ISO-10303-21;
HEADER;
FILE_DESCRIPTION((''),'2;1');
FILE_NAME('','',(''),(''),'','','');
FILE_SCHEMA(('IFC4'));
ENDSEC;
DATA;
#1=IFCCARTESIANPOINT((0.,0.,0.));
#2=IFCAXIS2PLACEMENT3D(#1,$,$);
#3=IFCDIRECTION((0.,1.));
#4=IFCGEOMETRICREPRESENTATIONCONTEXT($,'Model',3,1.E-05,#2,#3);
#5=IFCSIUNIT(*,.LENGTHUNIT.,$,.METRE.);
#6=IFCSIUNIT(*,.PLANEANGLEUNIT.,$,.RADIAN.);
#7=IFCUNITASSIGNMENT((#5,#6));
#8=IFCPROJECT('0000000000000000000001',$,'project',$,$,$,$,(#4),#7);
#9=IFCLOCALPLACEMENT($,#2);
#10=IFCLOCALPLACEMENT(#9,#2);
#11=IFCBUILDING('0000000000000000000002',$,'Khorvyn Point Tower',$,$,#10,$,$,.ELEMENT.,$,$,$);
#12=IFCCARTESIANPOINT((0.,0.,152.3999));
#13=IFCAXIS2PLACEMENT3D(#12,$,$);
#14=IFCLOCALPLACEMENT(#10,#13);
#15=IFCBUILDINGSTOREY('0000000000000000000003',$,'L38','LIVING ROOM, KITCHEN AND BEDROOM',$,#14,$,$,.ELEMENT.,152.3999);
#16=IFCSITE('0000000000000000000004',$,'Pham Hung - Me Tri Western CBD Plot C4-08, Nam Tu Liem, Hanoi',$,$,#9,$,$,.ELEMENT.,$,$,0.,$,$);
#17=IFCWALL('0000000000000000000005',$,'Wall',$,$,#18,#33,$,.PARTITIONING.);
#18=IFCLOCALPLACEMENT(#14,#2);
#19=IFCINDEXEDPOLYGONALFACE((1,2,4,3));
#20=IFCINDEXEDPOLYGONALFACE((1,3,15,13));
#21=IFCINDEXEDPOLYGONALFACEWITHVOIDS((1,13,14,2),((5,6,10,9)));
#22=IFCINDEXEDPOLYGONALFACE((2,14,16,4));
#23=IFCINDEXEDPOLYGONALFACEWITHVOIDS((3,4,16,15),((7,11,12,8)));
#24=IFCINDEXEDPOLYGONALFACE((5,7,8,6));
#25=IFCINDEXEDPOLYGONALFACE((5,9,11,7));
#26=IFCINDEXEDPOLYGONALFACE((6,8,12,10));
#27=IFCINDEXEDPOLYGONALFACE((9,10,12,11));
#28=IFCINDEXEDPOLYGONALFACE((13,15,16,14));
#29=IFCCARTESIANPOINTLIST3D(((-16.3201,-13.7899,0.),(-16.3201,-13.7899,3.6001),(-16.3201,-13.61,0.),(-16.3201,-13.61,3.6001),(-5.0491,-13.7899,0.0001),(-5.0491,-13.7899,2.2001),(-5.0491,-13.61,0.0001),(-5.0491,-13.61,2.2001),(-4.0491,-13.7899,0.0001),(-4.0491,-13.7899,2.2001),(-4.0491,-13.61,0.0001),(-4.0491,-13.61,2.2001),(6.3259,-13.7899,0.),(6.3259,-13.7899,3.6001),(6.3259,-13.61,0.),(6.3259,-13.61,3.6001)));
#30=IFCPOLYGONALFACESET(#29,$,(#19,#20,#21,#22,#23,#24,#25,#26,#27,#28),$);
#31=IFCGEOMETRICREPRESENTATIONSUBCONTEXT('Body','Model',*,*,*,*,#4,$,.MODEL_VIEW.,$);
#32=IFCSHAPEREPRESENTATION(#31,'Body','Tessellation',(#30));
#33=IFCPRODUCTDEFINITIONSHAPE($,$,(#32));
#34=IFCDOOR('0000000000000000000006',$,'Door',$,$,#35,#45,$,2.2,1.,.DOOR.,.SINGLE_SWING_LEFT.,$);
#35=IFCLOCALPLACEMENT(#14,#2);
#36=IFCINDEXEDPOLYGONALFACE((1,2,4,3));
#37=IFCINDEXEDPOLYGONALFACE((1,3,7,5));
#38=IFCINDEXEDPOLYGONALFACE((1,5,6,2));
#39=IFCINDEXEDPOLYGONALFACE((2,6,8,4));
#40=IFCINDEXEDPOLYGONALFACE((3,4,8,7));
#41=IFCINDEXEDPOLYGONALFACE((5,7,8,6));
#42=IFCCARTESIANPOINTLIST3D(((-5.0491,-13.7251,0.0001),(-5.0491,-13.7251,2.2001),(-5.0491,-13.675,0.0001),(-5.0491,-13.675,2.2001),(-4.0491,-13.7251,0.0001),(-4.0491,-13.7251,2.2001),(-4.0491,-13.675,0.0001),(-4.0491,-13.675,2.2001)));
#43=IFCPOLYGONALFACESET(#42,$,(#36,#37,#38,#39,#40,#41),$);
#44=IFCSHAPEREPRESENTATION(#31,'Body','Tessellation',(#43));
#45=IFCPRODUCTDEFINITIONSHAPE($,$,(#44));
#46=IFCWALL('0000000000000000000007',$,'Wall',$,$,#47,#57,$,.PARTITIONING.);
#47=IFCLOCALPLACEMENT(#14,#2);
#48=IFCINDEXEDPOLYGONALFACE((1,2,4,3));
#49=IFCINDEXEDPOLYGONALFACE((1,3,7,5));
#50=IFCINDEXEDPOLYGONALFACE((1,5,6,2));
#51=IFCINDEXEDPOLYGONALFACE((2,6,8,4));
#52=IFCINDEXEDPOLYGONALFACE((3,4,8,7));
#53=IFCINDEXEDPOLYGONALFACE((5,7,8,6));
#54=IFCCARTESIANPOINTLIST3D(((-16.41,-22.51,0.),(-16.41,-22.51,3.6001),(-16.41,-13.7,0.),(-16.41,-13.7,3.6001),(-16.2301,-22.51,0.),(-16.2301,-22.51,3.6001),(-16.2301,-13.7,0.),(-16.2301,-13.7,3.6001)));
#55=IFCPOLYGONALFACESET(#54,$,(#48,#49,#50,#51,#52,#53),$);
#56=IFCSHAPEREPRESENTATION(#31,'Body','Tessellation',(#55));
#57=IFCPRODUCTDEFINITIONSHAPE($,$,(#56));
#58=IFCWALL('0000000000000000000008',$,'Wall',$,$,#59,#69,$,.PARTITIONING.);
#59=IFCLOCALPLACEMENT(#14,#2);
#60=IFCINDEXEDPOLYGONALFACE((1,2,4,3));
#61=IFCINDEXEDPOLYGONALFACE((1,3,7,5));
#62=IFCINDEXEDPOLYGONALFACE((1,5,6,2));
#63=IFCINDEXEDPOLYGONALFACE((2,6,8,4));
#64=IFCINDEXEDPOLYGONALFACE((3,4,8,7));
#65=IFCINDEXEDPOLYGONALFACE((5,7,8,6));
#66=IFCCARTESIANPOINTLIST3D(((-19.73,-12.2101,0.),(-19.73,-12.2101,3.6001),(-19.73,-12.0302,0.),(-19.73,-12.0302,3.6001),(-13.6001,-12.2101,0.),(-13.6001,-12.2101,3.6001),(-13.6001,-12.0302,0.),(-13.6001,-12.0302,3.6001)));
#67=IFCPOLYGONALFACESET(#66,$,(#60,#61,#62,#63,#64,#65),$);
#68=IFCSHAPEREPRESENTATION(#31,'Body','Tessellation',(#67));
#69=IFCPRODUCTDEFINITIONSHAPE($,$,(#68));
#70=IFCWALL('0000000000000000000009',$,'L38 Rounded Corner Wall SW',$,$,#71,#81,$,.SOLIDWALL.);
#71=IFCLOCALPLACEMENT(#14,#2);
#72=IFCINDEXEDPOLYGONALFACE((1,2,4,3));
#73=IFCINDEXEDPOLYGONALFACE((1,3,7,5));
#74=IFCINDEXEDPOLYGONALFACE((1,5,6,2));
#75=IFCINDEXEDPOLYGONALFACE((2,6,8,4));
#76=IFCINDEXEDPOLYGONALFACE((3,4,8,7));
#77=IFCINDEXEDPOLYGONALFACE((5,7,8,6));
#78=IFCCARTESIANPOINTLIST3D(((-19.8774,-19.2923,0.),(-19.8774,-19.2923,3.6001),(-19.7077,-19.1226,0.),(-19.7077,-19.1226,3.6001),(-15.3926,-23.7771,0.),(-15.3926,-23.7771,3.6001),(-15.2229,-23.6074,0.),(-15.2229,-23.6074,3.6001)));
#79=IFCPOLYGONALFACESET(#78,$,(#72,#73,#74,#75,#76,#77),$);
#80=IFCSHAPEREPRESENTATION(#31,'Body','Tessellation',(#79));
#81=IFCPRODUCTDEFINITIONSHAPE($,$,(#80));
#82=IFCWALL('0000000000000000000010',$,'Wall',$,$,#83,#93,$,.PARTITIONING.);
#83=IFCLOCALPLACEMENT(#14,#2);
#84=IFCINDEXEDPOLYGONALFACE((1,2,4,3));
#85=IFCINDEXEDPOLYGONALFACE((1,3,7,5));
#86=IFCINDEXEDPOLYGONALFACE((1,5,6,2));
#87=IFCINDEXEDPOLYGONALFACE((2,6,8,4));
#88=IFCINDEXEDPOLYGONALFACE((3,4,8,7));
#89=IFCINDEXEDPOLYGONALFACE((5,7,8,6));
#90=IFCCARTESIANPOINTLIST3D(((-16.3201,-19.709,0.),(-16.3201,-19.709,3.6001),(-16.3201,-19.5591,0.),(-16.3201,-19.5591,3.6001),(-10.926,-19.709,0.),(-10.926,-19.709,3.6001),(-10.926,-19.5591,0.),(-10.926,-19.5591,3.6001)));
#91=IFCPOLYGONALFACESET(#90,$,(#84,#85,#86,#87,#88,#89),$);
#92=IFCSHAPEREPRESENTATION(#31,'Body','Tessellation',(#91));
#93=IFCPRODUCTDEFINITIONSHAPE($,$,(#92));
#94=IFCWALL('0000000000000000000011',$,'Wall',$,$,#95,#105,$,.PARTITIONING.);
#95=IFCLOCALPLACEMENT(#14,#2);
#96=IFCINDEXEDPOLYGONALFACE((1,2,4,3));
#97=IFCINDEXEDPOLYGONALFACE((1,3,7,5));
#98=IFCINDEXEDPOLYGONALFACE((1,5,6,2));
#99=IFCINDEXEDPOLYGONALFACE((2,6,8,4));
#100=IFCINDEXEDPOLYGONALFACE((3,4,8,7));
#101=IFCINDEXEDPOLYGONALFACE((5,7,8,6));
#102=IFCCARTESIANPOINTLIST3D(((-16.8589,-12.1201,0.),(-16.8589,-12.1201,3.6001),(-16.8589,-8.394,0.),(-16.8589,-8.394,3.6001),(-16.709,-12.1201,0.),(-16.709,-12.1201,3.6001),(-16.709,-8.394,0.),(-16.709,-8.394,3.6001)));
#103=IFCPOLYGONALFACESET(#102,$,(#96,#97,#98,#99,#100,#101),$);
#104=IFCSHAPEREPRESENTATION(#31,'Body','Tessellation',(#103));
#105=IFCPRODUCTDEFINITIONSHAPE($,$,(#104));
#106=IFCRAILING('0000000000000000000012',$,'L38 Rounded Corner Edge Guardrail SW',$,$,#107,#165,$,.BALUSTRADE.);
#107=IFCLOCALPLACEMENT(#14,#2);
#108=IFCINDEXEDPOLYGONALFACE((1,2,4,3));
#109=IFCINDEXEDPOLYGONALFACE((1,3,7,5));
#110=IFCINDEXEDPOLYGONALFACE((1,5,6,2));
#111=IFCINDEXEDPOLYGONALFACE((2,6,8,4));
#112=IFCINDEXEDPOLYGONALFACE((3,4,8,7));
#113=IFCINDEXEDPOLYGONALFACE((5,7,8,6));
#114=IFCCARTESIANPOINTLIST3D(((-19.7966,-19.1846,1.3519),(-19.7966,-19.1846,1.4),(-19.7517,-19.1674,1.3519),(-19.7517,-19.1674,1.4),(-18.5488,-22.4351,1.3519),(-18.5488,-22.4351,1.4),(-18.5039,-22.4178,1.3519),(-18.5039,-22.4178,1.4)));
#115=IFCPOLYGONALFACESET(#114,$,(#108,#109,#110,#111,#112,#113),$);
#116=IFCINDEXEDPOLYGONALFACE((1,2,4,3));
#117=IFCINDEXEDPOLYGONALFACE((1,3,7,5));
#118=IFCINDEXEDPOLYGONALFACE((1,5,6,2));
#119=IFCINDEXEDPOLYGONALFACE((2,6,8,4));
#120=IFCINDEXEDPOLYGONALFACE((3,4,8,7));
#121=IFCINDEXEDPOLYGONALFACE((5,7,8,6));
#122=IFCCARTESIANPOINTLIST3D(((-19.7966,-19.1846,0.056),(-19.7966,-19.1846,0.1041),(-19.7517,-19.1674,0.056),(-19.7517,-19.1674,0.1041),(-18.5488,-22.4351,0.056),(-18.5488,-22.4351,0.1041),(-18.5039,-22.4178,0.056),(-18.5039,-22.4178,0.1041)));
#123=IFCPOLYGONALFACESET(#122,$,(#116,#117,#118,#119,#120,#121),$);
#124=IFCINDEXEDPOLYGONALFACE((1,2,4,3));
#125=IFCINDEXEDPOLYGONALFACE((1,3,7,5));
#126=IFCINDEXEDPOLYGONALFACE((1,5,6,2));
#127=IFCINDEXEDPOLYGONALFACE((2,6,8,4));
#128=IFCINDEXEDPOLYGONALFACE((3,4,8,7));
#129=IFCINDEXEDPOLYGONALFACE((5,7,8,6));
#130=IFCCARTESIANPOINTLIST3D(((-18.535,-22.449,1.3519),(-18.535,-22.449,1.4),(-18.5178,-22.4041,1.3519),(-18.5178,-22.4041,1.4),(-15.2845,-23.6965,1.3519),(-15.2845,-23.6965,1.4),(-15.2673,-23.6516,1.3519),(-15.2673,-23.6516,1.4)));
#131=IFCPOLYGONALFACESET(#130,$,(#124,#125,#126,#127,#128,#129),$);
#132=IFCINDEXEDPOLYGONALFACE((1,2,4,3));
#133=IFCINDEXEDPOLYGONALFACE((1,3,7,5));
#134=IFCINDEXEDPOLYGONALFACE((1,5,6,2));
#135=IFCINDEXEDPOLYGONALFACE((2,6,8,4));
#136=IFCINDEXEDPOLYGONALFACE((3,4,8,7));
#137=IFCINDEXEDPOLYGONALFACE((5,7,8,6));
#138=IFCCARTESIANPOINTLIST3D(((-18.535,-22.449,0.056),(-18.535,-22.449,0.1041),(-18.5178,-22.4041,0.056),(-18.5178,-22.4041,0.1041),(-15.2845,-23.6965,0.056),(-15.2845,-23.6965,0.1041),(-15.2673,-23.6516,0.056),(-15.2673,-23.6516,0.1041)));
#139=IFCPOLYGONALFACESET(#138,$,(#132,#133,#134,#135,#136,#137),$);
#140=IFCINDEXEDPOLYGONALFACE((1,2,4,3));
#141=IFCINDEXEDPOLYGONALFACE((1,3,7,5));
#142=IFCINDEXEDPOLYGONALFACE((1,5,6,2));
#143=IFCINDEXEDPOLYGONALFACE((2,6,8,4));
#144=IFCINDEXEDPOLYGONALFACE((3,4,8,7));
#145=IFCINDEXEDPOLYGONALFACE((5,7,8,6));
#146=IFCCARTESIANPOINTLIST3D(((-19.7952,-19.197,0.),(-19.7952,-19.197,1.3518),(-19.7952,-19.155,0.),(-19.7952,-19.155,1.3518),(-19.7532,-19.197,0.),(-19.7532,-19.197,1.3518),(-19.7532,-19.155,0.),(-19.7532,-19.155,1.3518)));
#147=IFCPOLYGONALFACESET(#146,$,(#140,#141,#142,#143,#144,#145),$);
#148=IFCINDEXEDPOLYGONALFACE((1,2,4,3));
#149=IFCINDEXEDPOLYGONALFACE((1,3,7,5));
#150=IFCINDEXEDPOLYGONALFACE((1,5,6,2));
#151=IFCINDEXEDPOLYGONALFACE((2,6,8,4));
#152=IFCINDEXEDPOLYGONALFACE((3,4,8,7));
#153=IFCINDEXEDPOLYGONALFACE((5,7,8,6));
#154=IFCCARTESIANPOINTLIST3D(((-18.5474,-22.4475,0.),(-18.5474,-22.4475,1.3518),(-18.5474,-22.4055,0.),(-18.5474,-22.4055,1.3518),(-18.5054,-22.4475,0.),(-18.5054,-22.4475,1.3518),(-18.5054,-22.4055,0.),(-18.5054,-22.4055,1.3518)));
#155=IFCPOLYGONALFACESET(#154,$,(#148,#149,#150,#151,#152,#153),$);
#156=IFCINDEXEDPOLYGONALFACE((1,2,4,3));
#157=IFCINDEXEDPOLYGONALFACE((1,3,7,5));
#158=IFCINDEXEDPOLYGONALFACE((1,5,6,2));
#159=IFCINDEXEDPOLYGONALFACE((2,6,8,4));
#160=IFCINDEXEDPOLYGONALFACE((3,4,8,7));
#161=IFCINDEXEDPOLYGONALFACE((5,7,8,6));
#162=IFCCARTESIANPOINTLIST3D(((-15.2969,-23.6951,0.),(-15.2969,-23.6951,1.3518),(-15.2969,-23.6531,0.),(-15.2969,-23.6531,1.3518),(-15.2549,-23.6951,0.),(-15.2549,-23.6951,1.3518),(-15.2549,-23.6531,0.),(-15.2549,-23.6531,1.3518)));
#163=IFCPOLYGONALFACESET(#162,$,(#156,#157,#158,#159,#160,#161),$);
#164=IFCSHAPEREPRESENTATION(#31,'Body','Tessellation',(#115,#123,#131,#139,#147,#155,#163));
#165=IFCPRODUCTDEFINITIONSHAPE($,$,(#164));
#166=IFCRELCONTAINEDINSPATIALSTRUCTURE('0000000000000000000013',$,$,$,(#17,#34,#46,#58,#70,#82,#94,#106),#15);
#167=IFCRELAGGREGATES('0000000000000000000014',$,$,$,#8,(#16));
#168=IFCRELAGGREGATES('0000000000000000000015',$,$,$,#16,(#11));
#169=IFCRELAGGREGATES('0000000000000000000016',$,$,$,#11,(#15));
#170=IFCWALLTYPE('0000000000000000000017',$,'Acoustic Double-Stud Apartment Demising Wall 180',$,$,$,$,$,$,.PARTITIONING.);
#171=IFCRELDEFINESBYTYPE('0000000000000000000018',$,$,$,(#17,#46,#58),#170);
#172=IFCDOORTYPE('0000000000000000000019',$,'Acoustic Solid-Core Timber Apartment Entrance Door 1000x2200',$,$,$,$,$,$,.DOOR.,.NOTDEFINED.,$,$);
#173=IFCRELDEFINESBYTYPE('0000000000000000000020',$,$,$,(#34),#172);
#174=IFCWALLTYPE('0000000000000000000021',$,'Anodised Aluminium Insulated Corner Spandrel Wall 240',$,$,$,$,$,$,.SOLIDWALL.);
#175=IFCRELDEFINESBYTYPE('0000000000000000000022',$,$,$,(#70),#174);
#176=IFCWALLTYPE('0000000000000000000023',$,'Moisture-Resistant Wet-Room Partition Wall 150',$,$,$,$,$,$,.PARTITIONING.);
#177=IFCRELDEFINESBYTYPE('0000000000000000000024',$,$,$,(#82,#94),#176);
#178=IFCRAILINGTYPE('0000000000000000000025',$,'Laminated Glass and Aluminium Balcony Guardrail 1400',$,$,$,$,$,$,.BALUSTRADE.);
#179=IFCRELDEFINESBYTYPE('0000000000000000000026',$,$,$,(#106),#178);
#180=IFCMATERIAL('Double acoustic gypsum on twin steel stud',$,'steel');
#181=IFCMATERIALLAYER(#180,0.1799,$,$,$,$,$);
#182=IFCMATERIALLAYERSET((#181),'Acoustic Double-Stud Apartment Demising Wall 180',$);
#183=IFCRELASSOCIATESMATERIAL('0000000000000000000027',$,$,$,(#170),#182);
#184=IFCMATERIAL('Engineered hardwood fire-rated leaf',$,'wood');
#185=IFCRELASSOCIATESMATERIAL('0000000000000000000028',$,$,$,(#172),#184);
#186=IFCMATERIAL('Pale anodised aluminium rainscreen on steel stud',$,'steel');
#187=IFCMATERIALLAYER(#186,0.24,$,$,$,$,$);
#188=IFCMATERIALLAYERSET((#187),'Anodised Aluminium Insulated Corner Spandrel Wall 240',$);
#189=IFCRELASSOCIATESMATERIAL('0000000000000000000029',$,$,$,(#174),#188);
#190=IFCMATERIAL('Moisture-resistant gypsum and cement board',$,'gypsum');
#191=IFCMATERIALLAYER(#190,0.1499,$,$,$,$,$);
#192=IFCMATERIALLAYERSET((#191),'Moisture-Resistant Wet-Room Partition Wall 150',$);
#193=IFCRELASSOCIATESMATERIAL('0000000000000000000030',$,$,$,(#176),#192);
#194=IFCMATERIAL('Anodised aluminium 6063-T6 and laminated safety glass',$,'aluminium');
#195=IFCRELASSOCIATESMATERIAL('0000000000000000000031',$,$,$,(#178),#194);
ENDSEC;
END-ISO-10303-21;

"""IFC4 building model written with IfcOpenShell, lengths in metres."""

from ifc_helpers import new_model, si_unit, direction, frame, frame_2d, origin, origin_2d, place, context, subcontext, project, spatial, rectangle, extrude, material, layer, layer_set, type_object, element, fill, save


model = new_model("IFC4")

# Units and contexts
model_context = context("Model", 3, precision=1e-05, world=origin(), true_north=direction((0.0, 1.0)))
body_context = subcontext(model_context, "Body", "Model", "MODEL_VIEW")
ifc_project = project(units=[si_unit("LENGTHUNIT", "METRE"), si_unit("PLANEANGLEUNIT", "RADIAN")], contexts=[model_context])

# Site, building, storey
site_placement = place(None, origin())
site = spatial("IfcSite", under=ifc_project, at=site_placement, Name="Pham Hung - Me Tri Western CBD Plot C4-08, Nam Tu Liem, Hanoi", CompositionType="ELEMENT", RefElevation=0.0)
building_placement = place(site_placement, origin())
building = spatial("IfcBuilding", under=site, at=building_placement, Name="Khorvyn Point Tower", CompositionType="ELEMENT")
storey_placement = place(building_placement, frame((0.0, 0.0, 152.3999)))
storey = spatial("IfcBuildingStorey", under=building, at=storey_placement, Name="L38", Description="LIVING ROOM, KITCHEN AND BEDROOM", CompositionType="ELEMENT", Elevation=152.3999)

# Wall, opening, door
ifc_material_1 = material(Name="Double acoustic gypsum on twin steel stud", Category="steel")
ifc_layer_1 = layer(ifc_material_1, 0.1799)
ifc_layer_set_1 = layer_set([ifc_layer_1], Name="Acoustic Double-Stud Apartment Demising Wall 180")
wall_type_1 = type_object("IfcWallType", Name="Acoustic Double-Stud Apartment Demising Wall 180", PredefinedType="PARTITIONING", material=ifc_layer_set_1)
wall_1_placement = place(storey_placement, frame((-16.3201, -13.7, 0.0), z_axis=(0.0, 0.0, 1.0), x_axis=(1.0, 0.0, 0.0)))
wall_1 = element("IfcWall", 1, at=wall_1_placement, inside=storey, type_object=wall_type_1, Name="Wall", PredefinedType="PARTITIONING", context=body_context, shape_type="SweptSolid", body=[
    extrude(rectangle(XDim=22.646, YDim=0.1799, at=frame_2d((11.323, 0.0))), origin(), (0.0, 0.0, 1.0), 3.6001),
])
opening_placement = place(wall_1_placement, frame((11.271, 0.0, 0.0)))
opening = element("IfcOpeningElement", 2, at=opening_placement, cuts=wall_1, PredefinedType="OPENING", context=body_context, shape_type="SweptSolid", body=[
    extrude(rectangle(XDim=1.0, YDim=2.2, at=frame_2d((0.5, 1.1001))), frame((0.0, 0.0999, 0.0), z_axis=(0.0, -1.0, 0.0), x_axis=(1.0, 0.0, 0.0)), (0.0, 0.0, 1.0), 0.2),
])
ifc_material_2 = material(Name="Engineered hardwood fire-rated leaf", Category="wood")
door_type = type_object("IfcDoorType", Name="Acoustic Solid-Core Timber Apartment Entrance Door 1000x2200", OperationType="NOTDEFINED", PredefinedType="DOOR", material=ifc_material_2)
door_placement = place(opening_placement, origin())
door = element("IfcDoor", 3, at=door_placement, inside=storey, type_object=door_type, Name="Door", OperationType="SINGLE_SWING_LEFT", OverallHeight=2.2, OverallWidth=1.0, PredefinedType="DOOR", context=body_context, shape_type="SweptSolid", body=[
    extrude(rectangle(XDim=1.0, YDim=2.2, at=frame_2d((0.5, 1.1001))), frame((0.0, 0.0249, 0.0), z_axis=(0.0, -1.0, 0.0), x_axis=(1.0, 0.0, 0.0)), (0.0, 0.0, 1.0), 0.05),
])
fill(opening, door)

# Walls
wall_2_placement = place(storey_placement, frame((-16.3201, -22.51, 0.0), z_axis=(0.0, 0.0, 1.0), x_axis=(0.0, 1.0, 0.0)))
element("IfcWall", 4, at=wall_2_placement, inside=storey, type_object=wall_type_1, Name="Wall", PredefinedType="PARTITIONING", context=body_context, shape_type="SweptSolid", body=[
    extrude(rectangle(XDim=8.8101, YDim=0.1799, at=frame_2d((4.405, 0.0))), origin(), (0.0, 0.0, 1.0), 3.6001),
])
wall_3_placement = place(storey_placement, frame((-19.73, -12.1201, 0.0), z_axis=(0.0, 0.0, 1.0), x_axis=(1.0, 0.0, 0.0)))
element("IfcWall", 5, at=wall_3_placement, inside=storey, type_object=wall_type_1, Name="Wall", PredefinedType="PARTITIONING", context=body_context, shape_type="SweptSolid", body=[
    extrude(rectangle(XDim=6.1299, YDim=0.1799, at=frame_2d((3.0649, 0.0))), origin(), (0.0, 0.0, 1.0), 3.6001),
])
ifc_material_3 = material(Name="Pale anodised aluminium rainscreen on steel stud", Category="steel")
ifc_layer_2 = layer(ifc_material_3, 0.24)
ifc_layer_set_2 = layer_set([ifc_layer_2], Name="Anodised Aluminium Insulated Corner Spandrel Wall 240")
wall_type_2 = type_object("IfcWallType", Name="Anodised Aluminium Insulated Corner Spandrel Wall 240", PredefinedType="SOLIDWALL", material=ifc_layer_set_2)
wall_4_placement = place(storey_placement, frame((-15.3076, -23.6924, 0.0), z_axis=(0.0, 0.0, 1.0), x_axis=(-0.707107, 0.707107, 0.0)))
element("IfcWall", 6, at=wall_4_placement, inside=storey, type_object=wall_type_2, Name="L38 Rounded Corner Wall SW", PredefinedType="SOLIDWALL", context=body_context, shape_type="SweptSolid", body=[
    extrude(rectangle(XDim=6.3425, YDim=0.24, at=frame_2d((3.1714, 0.0))), origin(), (0.0, 0.0, 1.0), 3.6001),
])
ifc_material_4 = material(Name="Moisture-resistant gypsum and cement board", Category="gypsum")
ifc_layer_3 = layer(ifc_material_4, 0.1499)
ifc_layer_set_3 = layer_set([ifc_layer_3], Name="Moisture-Resistant Wet-Room Partition Wall 150")
wall_type_3 = type_object("IfcWallType", Name="Moisture-Resistant Wet-Room Partition Wall 150", PredefinedType="PARTITIONING", material=ifc_layer_set_3)
wall_5_placement = place(storey_placement, frame((-16.3201, -19.634, 0.0), z_axis=(0.0, 0.0, 1.0), x_axis=(1.0, 0.0, 0.0)))
element("IfcWall", 7, at=wall_5_placement, inside=storey, type_object=wall_type_3, Name="Wall", PredefinedType="PARTITIONING", context=body_context, shape_type="SweptSolid", body=[
    extrude(rectangle(XDim=5.394, YDim=0.1499, at=frame_2d((2.697, 0.0))), origin(), (0.0, 0.0, 1.0), 3.6001),
])
wall_6_placement = place(storey_placement, frame((-16.7839, -12.1201, 0.0), z_axis=(0.0, 0.0, 1.0), x_axis=(0.0, 1.0, 0.0)))
element("IfcWall", 8, at=wall_6_placement, inside=storey, type_object=wall_type_3, Name="Wall", PredefinedType="PARTITIONING", context=body_context, shape_type="SweptSolid", body=[
    extrude(rectangle(XDim=3.7261, YDim=0.1499, at=frame_2d((1.863, 0.0))), origin(), (0.0, 0.0, 1.0), 3.6001),
])

# Railing
ifc_material_5 = material(Name="Anodised aluminium 6063-T6 and laminated safety glass", Category="aluminium")
railing_type = type_object("IfcRailingType", Name="Laminated Glass and Aluminium Balcony Guardrail 1400", PredefinedType="BALUSTRADE", material=ifc_material_5)
railing_1_placement = place(storey_placement, frame((-19.7742, -19.176, 0.0)))
element("IfcRailing", 9, at=railing_1_placement, inside=storey, type_object=railing_type, Name="L38 Rounded Corner Edge Guardrail SW", PredefinedType="BALUSTRADE", context=body_context, shape_type="SweptSolid", body=[
    extrude(rectangle(XDim=0.0481, YDim=0.0481, at=origin_2d()), frame((0.0, 0.0, 1.376), z_axis=(0.358382, -0.933575, 0.0), x_axis=(0.933575, 0.358382, 0.0)), (0.0, 0.0, 1.0), 3.4817),
    extrude(rectangle(XDim=0.0481, YDim=0.0481, at=origin_2d()), frame((0.0, 0.0, 0.0801), z_axis=(0.358382, -0.933575, 0.0), x_axis=(0.933575, 0.358382, 0.0)), (0.0, 0.0, 1.0), 3.4817),
    extrude(rectangle(XDim=0.0481, YDim=0.0481, at=origin_2d()), frame((1.2478, -3.2505, 1.376), z_axis=(0.933598, -0.358321, 0.0), x_axis=(0.358321, 0.933598, 0.0)), (0.0, 0.0, 1.0), 3.4817),
    extrude(rectangle(XDim=0.0481, YDim=0.0481, at=origin_2d()), frame((1.2478, -3.2505, 0.0801), z_axis=(0.933598, -0.358321, 0.0), x_axis=(0.358321, 0.933598, 0.0)), (0.0, 0.0, 1.0), 3.4817),
    extrude(rectangle(XDim=0.042, YDim=0.042, at=origin_2d()), origin(), (0.0, 0.0, 1.0), 1.3518),
    extrude(rectangle(XDim=0.042, YDim=0.042, at=origin_2d()), frame((1.2478, -3.2505, 0.0)), (0.0, 0.0, 1.0), 1.3518),
    extrude(rectangle(XDim=0.042, YDim=0.042, at=origin_2d()), frame((4.4983, -4.498, 0.0)), (0.0, 0.0, 1.0), 1.3518),
])

save(model, "model.ifc")
